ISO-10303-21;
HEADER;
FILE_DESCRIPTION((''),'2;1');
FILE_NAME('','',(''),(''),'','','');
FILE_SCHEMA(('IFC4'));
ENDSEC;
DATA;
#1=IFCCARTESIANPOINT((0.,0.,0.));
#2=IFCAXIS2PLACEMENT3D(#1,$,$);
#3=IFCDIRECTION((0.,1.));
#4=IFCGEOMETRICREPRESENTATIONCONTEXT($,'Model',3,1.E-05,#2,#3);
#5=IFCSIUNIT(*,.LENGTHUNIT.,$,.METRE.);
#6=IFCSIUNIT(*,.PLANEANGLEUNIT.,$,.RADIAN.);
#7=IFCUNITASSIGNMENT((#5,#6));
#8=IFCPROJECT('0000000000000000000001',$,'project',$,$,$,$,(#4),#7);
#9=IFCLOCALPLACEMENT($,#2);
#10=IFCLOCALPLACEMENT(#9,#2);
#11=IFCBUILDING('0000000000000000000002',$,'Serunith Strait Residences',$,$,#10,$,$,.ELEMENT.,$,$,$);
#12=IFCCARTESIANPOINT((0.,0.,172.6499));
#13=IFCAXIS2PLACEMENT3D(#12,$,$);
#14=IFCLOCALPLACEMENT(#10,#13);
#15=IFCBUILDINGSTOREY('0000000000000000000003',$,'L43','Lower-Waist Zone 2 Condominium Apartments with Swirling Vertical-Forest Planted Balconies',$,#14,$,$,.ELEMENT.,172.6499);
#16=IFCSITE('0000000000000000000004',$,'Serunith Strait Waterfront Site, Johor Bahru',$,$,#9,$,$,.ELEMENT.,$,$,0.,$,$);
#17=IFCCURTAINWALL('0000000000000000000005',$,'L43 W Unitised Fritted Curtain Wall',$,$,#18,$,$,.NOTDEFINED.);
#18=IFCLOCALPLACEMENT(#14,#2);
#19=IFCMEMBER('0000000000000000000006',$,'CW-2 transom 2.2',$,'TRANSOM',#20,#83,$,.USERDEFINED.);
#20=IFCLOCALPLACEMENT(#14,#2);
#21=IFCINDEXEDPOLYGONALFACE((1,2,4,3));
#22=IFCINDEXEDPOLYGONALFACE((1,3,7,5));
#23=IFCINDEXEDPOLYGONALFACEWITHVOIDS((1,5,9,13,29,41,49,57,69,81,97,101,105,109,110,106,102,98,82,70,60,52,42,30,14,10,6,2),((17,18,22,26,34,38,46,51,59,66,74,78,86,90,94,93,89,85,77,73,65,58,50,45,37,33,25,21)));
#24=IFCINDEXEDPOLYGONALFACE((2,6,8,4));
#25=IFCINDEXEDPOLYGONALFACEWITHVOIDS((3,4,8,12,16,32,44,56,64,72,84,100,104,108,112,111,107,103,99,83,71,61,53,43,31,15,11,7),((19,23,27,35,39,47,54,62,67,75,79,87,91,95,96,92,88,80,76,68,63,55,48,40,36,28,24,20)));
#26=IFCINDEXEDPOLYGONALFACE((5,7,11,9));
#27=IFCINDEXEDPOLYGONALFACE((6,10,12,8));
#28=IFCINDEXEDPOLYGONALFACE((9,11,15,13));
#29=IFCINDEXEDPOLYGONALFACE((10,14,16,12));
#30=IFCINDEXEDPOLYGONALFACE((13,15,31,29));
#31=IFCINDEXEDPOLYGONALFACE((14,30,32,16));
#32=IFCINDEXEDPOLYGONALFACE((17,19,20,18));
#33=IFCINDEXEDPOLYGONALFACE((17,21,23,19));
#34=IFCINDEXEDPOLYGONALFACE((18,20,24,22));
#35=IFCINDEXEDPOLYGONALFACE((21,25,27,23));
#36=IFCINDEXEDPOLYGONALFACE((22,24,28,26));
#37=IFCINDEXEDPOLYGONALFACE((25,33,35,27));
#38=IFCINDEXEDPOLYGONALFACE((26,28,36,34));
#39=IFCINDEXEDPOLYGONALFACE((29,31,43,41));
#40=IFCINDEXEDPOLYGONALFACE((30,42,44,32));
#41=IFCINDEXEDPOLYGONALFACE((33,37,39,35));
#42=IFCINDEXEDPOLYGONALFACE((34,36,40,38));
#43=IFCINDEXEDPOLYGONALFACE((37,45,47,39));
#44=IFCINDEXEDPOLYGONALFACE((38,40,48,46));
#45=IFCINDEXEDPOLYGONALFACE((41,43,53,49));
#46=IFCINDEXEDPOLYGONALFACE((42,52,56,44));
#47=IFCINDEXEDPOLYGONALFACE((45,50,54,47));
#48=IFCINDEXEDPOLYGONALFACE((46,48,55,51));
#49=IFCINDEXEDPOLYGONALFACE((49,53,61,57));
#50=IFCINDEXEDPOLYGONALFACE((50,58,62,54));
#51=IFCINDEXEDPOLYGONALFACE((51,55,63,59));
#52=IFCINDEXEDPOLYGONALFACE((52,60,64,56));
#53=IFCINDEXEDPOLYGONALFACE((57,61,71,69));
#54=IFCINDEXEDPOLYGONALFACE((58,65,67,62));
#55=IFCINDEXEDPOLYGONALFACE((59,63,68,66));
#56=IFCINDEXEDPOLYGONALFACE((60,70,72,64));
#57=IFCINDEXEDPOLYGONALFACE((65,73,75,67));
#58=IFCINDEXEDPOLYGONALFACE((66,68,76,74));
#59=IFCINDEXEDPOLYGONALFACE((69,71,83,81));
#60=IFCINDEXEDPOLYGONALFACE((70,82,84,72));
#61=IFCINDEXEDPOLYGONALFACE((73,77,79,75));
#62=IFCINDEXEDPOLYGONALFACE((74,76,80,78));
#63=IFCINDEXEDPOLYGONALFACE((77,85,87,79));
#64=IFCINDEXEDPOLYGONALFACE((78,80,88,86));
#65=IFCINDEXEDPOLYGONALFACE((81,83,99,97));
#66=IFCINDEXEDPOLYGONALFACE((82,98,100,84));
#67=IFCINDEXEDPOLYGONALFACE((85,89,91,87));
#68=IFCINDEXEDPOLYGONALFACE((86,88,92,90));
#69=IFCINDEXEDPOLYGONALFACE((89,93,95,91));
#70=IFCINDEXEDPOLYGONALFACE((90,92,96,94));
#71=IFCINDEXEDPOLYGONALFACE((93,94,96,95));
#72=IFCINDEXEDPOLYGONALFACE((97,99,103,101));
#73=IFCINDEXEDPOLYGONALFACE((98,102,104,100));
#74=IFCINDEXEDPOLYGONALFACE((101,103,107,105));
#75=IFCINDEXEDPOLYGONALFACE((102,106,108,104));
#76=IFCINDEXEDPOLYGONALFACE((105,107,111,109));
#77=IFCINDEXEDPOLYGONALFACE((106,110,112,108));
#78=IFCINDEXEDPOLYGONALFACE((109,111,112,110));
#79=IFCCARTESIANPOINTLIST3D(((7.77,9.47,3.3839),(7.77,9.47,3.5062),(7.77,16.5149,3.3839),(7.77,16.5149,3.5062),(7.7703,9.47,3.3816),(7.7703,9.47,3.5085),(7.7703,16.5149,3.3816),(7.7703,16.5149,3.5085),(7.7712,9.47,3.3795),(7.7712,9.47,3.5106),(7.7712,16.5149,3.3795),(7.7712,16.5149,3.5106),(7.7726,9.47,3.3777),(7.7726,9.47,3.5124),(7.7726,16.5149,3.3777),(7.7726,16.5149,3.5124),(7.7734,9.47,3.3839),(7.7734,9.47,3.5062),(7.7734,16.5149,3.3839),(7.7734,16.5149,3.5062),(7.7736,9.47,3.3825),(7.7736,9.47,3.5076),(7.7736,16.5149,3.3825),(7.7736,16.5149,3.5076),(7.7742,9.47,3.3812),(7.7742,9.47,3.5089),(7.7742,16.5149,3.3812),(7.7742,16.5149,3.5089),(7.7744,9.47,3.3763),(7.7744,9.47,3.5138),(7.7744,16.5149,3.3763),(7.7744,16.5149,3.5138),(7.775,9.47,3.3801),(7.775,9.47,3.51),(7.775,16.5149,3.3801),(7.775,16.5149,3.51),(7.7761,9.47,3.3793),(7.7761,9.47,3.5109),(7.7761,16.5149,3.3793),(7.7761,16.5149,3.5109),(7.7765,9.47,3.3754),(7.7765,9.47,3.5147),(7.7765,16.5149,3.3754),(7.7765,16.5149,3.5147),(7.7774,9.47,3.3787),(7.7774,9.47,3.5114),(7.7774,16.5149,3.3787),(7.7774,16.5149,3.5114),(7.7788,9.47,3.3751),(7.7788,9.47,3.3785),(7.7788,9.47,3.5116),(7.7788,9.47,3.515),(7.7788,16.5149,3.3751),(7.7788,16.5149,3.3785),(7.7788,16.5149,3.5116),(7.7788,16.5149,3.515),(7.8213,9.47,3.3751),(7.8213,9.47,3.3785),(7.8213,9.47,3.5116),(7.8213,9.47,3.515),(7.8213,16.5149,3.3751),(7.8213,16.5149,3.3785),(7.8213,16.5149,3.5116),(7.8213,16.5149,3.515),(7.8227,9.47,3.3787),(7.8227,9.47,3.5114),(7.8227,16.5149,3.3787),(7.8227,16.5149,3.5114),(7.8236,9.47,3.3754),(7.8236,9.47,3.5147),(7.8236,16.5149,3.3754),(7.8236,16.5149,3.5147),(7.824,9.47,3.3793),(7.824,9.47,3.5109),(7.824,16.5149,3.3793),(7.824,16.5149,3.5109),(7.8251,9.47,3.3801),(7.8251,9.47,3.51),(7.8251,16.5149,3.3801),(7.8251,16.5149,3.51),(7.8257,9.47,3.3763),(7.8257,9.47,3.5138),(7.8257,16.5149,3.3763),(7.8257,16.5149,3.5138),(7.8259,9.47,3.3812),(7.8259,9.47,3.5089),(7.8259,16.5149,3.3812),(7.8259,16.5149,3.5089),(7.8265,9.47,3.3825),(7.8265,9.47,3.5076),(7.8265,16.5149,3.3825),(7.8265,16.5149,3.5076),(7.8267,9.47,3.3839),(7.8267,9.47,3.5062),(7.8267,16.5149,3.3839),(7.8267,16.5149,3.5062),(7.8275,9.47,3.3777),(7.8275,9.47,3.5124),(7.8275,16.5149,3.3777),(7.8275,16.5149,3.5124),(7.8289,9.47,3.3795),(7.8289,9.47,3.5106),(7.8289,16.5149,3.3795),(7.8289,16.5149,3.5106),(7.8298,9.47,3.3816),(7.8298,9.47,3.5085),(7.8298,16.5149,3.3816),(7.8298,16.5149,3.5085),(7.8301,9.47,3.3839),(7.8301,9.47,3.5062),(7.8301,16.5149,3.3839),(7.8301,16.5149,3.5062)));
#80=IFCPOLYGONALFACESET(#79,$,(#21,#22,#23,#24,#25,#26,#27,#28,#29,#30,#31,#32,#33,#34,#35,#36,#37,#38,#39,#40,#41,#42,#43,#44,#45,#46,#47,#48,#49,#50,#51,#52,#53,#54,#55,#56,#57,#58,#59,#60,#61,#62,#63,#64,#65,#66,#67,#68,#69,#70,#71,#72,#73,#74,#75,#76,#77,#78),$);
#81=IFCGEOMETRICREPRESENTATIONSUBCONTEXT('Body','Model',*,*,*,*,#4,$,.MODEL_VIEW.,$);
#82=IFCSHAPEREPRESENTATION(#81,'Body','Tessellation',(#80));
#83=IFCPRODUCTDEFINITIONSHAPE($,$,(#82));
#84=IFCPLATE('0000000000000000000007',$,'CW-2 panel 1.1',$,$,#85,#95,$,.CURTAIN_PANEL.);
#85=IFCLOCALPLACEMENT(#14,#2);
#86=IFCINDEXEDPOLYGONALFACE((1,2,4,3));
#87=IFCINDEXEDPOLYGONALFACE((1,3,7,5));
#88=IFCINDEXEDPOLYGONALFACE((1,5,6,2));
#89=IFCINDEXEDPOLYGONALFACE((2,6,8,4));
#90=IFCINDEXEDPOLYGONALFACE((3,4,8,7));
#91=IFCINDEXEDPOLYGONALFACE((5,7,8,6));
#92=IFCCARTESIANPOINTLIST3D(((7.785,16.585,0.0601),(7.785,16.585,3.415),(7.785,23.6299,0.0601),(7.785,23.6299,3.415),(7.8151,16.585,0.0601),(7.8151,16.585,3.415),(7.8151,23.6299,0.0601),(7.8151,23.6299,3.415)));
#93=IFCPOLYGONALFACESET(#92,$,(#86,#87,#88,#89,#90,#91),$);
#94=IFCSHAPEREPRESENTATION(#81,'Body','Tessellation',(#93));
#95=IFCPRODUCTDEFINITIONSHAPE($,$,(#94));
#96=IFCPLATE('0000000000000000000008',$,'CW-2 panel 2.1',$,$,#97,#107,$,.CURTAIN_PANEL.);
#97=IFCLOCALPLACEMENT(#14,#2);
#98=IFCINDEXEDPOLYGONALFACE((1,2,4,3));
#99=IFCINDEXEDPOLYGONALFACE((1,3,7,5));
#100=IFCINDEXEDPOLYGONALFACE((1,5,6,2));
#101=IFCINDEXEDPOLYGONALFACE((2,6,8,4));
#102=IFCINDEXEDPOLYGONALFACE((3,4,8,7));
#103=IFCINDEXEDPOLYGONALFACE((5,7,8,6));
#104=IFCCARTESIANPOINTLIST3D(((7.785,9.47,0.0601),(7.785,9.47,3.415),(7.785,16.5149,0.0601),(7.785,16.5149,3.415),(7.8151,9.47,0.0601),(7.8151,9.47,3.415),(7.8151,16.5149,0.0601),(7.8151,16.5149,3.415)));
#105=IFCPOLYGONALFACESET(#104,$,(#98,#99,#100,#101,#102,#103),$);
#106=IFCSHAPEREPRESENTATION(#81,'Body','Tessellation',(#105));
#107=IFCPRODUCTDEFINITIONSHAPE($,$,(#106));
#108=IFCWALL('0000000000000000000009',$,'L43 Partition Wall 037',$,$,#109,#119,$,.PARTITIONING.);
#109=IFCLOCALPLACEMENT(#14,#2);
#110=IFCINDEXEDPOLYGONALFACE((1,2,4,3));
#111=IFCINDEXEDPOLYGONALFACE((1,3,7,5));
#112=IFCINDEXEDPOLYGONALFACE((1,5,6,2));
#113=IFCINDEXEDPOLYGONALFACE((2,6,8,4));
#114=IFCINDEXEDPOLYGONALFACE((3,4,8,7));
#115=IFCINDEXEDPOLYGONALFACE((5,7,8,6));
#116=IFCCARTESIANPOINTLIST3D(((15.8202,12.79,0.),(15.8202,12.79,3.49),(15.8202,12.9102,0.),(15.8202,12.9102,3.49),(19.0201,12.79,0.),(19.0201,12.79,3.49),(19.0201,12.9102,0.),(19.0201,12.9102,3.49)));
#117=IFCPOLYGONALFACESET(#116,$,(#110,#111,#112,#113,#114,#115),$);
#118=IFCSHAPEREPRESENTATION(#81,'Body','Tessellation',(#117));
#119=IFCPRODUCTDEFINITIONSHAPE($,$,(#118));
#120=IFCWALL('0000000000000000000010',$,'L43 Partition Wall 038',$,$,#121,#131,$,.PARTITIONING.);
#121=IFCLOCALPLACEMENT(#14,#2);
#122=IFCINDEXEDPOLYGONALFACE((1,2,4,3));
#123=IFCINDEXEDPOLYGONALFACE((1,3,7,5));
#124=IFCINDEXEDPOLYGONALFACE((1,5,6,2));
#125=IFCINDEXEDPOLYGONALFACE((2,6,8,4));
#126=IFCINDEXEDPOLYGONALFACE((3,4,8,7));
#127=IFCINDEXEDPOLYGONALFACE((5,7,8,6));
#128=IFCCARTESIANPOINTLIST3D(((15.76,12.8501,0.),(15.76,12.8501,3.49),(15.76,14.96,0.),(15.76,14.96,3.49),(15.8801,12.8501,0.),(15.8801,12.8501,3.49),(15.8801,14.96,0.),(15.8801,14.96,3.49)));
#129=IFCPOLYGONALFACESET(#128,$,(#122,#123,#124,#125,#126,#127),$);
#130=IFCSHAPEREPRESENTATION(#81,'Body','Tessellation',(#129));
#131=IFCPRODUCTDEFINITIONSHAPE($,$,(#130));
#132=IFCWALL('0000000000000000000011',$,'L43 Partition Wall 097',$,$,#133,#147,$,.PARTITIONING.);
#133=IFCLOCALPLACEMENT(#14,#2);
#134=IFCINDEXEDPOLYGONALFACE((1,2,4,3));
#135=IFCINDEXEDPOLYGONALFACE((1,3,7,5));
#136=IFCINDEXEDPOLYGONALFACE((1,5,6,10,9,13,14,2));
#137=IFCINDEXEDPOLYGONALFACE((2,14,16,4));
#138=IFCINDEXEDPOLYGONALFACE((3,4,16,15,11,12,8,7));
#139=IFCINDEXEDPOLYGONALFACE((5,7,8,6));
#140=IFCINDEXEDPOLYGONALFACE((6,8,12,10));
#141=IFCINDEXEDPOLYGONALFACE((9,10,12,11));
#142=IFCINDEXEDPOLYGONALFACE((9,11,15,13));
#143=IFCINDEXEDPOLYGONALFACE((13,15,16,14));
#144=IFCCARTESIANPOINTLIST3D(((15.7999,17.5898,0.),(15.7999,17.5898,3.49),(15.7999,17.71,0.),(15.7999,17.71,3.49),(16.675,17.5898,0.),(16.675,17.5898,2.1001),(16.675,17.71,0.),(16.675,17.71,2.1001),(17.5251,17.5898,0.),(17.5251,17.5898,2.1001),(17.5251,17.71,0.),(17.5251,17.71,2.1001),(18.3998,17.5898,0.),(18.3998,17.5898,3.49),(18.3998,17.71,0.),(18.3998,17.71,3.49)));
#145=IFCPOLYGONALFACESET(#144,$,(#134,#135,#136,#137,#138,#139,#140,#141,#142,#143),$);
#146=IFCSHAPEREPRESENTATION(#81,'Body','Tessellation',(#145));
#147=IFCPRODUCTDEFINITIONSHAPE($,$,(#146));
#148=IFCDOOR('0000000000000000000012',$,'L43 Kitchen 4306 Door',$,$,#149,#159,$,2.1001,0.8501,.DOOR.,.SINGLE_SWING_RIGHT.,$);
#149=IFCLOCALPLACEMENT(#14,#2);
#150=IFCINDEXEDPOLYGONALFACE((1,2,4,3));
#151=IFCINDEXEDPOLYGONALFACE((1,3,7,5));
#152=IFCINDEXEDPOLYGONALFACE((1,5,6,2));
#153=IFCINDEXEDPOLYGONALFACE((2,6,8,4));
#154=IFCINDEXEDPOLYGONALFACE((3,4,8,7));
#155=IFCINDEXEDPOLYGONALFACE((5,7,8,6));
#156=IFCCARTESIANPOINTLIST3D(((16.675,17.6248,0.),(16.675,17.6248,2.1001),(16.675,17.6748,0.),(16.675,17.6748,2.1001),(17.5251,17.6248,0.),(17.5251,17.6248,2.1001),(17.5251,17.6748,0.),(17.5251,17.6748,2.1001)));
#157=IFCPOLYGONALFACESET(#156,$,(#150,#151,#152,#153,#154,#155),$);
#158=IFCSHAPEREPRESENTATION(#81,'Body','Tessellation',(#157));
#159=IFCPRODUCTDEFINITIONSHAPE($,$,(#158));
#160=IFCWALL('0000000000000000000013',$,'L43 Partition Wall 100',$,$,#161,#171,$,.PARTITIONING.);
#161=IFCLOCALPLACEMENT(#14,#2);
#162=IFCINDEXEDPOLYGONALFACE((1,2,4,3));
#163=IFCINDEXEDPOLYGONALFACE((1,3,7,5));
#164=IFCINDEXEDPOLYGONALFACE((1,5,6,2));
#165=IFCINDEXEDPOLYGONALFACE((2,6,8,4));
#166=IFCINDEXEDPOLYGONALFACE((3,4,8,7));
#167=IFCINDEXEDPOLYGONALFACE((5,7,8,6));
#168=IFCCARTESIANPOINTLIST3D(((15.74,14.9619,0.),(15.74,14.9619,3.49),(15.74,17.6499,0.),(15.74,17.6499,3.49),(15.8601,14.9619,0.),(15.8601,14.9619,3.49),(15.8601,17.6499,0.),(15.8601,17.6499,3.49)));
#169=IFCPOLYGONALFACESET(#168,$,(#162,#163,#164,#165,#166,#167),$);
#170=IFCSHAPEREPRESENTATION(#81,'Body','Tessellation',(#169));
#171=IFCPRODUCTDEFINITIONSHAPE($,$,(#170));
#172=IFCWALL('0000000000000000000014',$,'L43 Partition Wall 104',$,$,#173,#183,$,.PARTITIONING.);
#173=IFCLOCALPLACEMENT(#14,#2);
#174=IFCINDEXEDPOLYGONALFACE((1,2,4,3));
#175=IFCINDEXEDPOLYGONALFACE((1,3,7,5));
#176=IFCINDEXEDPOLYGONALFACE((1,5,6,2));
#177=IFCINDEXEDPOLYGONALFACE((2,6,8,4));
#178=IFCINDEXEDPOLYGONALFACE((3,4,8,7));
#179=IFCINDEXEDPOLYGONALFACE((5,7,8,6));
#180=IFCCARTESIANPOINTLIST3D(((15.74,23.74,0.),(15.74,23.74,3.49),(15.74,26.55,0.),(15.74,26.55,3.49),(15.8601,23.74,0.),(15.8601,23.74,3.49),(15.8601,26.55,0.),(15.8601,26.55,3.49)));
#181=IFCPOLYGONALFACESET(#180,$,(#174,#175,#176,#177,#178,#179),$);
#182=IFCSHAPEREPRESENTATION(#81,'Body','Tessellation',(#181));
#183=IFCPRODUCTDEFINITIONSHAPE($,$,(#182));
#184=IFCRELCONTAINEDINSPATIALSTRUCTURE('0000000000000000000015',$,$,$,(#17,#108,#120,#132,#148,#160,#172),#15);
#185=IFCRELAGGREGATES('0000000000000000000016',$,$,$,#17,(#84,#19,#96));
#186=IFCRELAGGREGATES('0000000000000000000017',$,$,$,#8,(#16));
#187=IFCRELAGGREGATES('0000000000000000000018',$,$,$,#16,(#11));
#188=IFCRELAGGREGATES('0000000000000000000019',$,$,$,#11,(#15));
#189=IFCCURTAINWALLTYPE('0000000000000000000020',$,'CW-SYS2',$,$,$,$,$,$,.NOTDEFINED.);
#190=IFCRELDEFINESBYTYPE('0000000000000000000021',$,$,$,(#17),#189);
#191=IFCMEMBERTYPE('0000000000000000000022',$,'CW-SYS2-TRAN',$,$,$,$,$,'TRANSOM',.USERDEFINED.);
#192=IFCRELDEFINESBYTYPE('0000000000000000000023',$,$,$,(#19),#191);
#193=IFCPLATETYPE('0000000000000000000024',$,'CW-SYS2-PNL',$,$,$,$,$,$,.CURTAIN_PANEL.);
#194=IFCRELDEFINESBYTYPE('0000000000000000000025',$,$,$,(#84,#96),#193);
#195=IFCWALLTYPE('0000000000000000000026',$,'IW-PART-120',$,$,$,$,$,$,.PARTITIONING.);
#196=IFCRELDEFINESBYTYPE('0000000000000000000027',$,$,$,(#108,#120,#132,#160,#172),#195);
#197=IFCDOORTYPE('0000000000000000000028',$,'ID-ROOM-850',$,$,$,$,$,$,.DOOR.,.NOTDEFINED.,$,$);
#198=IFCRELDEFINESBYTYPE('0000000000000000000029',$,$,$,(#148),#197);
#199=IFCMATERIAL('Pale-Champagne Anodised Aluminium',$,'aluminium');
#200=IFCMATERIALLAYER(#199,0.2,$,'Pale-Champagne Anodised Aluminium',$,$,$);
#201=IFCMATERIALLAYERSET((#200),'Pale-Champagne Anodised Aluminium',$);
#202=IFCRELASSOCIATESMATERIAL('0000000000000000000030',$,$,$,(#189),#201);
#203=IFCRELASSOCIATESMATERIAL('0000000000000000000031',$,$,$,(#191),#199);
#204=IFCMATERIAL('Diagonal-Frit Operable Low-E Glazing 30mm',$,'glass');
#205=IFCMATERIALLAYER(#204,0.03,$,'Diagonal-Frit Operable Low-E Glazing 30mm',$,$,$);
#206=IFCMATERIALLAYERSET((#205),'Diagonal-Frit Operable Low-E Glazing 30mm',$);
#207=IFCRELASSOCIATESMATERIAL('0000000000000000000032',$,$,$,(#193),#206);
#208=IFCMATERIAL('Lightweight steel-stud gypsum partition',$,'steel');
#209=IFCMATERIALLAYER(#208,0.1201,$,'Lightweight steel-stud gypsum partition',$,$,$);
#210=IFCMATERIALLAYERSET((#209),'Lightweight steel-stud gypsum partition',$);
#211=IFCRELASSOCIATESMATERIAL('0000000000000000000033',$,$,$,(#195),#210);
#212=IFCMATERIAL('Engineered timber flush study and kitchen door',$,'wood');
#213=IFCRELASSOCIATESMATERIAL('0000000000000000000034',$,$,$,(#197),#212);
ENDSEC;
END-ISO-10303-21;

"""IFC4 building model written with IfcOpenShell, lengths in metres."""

from ifc_helpers import new_model, si_unit, direction, frame, frame_2d, origin, origin_2d, place, context, subcontext, project, spatial, rectangle, hollow_rectangle, extrude, source, transform, mapped, material, layer, layer_set, material_profile, profile_set, type_object, element, fill, aggregate, save


model = new_model("IFC4")

# Units and contexts
model_context = context("Model", 3, precision=1e-05, world=origin(), true_north=direction((0.0, 1.0)))
body_context = subcontext(model_context, "Body", "Model", "MODEL_VIEW")
ifc_project = project(units=[si_unit("LENGTHUNIT", "METRE"), si_unit("PLANEANGLEUNIT", "RADIAN")], contexts=[model_context])

# Site, building, storey
site_placement = place(None, origin())
site = spatial("IfcSite", under=ifc_project, at=site_placement, Name="Serunith Strait Waterfront Site, Johor Bahru", CompositionType="ELEMENT", RefElevation=0.0)
building_placement = place(site_placement, origin())
building = spatial("IfcBuilding", under=site, at=building_placement, Name="Serunith Strait Residences", CompositionType="ELEMENT")
storey_placement = place(building_placement, frame((0.0, 0.0, 172.6499)))
storey = spatial("IfcBuildingStorey", under=building, at=storey_placement, Name="L43", Description="Lower-Waist Zone 2 Condominium Apartments with Swirling Vertical-Forest Planted Balconies", CompositionType="ELEMENT", Elevation=172.6499)

# Curtain wall, member, plates
ifc_material_1 = material(Name="Pale-Champagne Anodised Aluminium", Category="aluminium")
ifc_layer_1 = layer(ifc_material_1, 0.2, Name="Pale-Champagne Anodised Aluminium")
ifc_layer_set_1 = layer_set([ifc_layer_1], Name="Pale-Champagne Anodised Aluminium")
curtain_wall_type = type_object("IfcCurtainWallType", Name="CW-SYS2", PredefinedType="NOTDEFINED", material=ifc_layer_set_1)
curtain_wall_placement = place(storey_placement, origin())
curtain_wall = element("IfcCurtainWall", 1, at=curtain_wall_placement, inside=storey, type_object=curtain_wall_type, Name="L43 W Unitised Fritted Curtain Wall", PredefinedType="NOTDEFINED")
ifc_material_profile_1 = material_profile(ifc_material_1, hollow_rectangle(XDim=0.0601, YDim=0.1399, WallThickness=0.0034, InnerFilletRadius=0.0054, OuterFilletRadius=0.0088, at=origin_2d()), Name="ALU 140x60x3.5")
ifc_profile_set_1 = profile_set([ifc_material_profile_1], Name="Pale-Champagne Anodised Aluminium")
member_type_1 = type_object("IfcMemberType", Name="CW-SYS2-TRAN", ElementType="TRANSOM", PredefinedType="USERDEFINED", material=ifc_profile_set_1)
shared_shape_1 = source(origin(), body_context, "Body", "SweptSolid", [
    extrude(hollow_rectangle(XDim=0.0601, YDim=0.1399, WallThickness=0.0034, InnerFilletRadius=0.0054, OuterFilletRadius=0.0088, at=origin_2d()), origin(), (0.0, 0.0, 1.0), 7.0449),
])
member_1_placement = place(storey_placement, frame((7.8, 16.5149, 3.4451), z_axis=(0.0, -1.0, 0.0), x_axis=(1.0, 0.0, 0.0)))
member_1 = element("IfcMember", 2, at=member_1_placement, type_object=member_type_1, Name="CW-2 transom 2.2", ObjectType="TRANSOM", PredefinedType="USERDEFINED", context=body_context, shape_type="MappedRepresentation", body=[
    mapped(shared_shape_1, transform((0.0, 0.0, 0.0), scale=1.0)),
])
ifc_material_2 = material(Name="Diagonal-Frit Operable Low-E Glazing 30mm", Category="glass")
ifc_layer_2 = layer(ifc_material_2, 0.03, Name="Diagonal-Frit Operable Low-E Glazing 30mm")
ifc_layer_set_2 = layer_set([ifc_layer_2], Name="Diagonal-Frit Operable Low-E Glazing 30mm")
plate_type = type_object("IfcPlateType", Name="CW-SYS2-PNL", PredefinedType="CURTAIN_PANEL", material=ifc_layer_set_2)
shared_shape_2 = source(origin(), body_context, "Body", "SweptSolid", [
    extrude(rectangle(XDim=7.0449, YDim=0.03, at=origin_2d()), origin(), (0.0, 0.0, 1.0), 3.355),
])
plate_1_placement = place(storey_placement, frame((7.8, 20.1074, 0.0601), z_axis=(0.0, 0.0, 1.0), x_axis=(0.0, -1.0, 0.0)))
plate_1 = element("IfcPlate", 3, at=plate_1_placement, type_object=plate_type, Name="CW-2 panel 1.1", PredefinedType="CURTAIN_PANEL", context=body_context, shape_type="MappedRepresentation", body=[
    mapped(shared_shape_2, transform((0.0, 0.0, 0.0), scale=1.0)),
])
plate_2_placement = place(storey_placement, frame((7.8, 12.9924, 0.0601), z_axis=(0.0, 0.0, 1.0), x_axis=(0.0, -1.0, 0.0)))
plate_2 = element("IfcPlate", 4, at=plate_2_placement, type_object=plate_type, Name="CW-2 panel 2.1", PredefinedType="CURTAIN_PANEL", context=body_context, shape_type="MappedRepresentation", body=[
    mapped(shared_shape_2, transform((0.0, 0.0, 0.0), scale=1.0)),
])
aggregate(curtain_wall, [plate_1, member_1, plate_2])

# Walls
ifc_material_3 = material(Name="Lightweight steel-stud gypsum partition", Category="steel")
ifc_layer_3 = layer(ifc_material_3, 0.1201, Name="Lightweight steel-stud gypsum partition")
ifc_layer_set_3 = layer_set([ifc_layer_3], Name="Lightweight steel-stud gypsum partition")
wall_type_1 = type_object("IfcWallType", Name="IW-PART-120", PredefinedType="PARTITIONING", material=ifc_layer_set_3)
wall_1_placement = place(storey_placement, frame((15.8201, 12.8501, 0.0), z_axis=(0.0, 0.0, 1.0), x_axis=(1.0, 0.0, 0.0)))
element("IfcWall", 5, at=wall_1_placement, inside=storey, type_object=wall_type_1, Name="L43 Partition Wall 037", PredefinedType="PARTITIONING", context=body_context, shape_type="SweptSolid", body=[
    extrude(rectangle(XDim=3.2, YDim=0.1201, at=frame_2d((1.6001, 0.0))), origin(), (0.0, 0.0, 1.0), 3.49),
])
wall_2_placement = place(storey_placement, frame((15.8201, 12.8501, 0.0), z_axis=(0.0, 0.0, 1.0), x_axis=(0.0, 1.0, 0.0)))
element("IfcWall", 6, at=wall_2_placement, inside=storey, type_object=wall_type_1, Name="L43 Partition Wall 038", PredefinedType="PARTITIONING", context=body_context, shape_type="SweptSolid", body=[
    extrude(rectangle(XDim=2.1099, YDim=0.1201, at=frame_2d((1.0549, 0.0))), origin(), (0.0, 0.0, 1.0), 3.49),
])

# Wall, opening, door
wall_3_placement = place(storey_placement, frame((15.8, 17.6499, 0.0), z_axis=(0.0, 0.0, 1.0), x_axis=(1.0, 0.0, 0.0)))
wall_3 = element("IfcWall", 7, at=wall_3_placement, inside=storey, type_object=wall_type_1, Name="L43 Partition Wall 097", PredefinedType="PARTITIONING", context=body_context, shape_type="SweptSolid", body=[
    extrude(rectangle(XDim=2.5999, YDim=0.1201, at=frame_2d((1.2998, 0.0))), origin(), (0.0, 0.0, 1.0), 3.49),
])
opening_placement = place(wall_3_placement, frame((0.875, 0.0, 0.0)))
opening = element("IfcOpeningElement", 8, at=opening_placement, cuts=wall_3, PredefinedType="OPENING", context=body_context, shape_type="SweptSolid", body=[
    extrude(rectangle(XDim=0.8501, YDim=2.1001, at=frame_2d((0.425, 1.05))), frame((0.0, 0.0701, 0.0), z_axis=(0.0, -1.0, 0.0), x_axis=(1.0, 0.0, 0.0)), (0.0, 0.0, 1.0), 0.1401),
])
ifc_material_4 = material(Name="Engineered timber flush study and kitchen door", Category="wood")
door_type = type_object("IfcDoorType", Name="ID-ROOM-850", OperationType="NOTDEFINED", PredefinedType="DOOR", material=ifc_material_4)
shared_shape_3 = source(origin(), body_context, "Body", "SweptSolid", [
    extrude(rectangle(XDim=0.8501, YDim=2.1001, at=frame_2d((0.425, 1.05))), frame((0.0, 0.0249, 0.0), z_axis=(0.0, -1.0, 0.0), x_axis=(1.0, 0.0, 0.0)), (0.0, 0.0, 1.0), 0.05),
])
door_placement = place(opening_placement, origin())
door = element("IfcDoor", 9, at=door_placement, inside=storey, type_object=door_type, Name="L43 Kitchen 4306 Door", OperationType="SINGLE_SWING_RIGHT", OverallHeight=2.1001, OverallWidth=0.8501, PredefinedType="DOOR", context=body_context, shape_type="MappedRepresentation", body=[
    mapped(shared_shape_3, transform((0.0, 0.0, 0.0), scale=1.0)),
])
fill(opening, door)

# Walls
wall_4_placement = place(storey_placement, frame((15.8, 14.9619, 0.0), z_axis=(0.0, 0.0, 1.0), x_axis=(0.0, 1.0, 0.0)))
element("IfcWall", 10, at=wall_4_placement, inside=storey, type_object=wall_type_1, Name="L43 Partition Wall 100", PredefinedType="PARTITIONING", context=body_context, shape_type="SweptSolid", body=[
    extrude(rectangle(XDim=2.688, YDim=0.1201, at=frame_2d((1.344, 0.0))), origin(), (0.0, 0.0, 1.0), 3.49),
])
wall_5_placement = place(storey_placement, frame((15.8, 23.74, 0.0), z_axis=(0.0, 0.0, 1.0), x_axis=(0.0, 1.0, 0.0)))
element("IfcWall", 11, at=wall_5_placement, inside=storey, type_object=wall_type_1, Name="L43 Partition Wall 104", PredefinedType="PARTITIONING", context=body_context, shape_type="SweptSolid", body=[
    extrude(rectangle(XDim=2.8101, YDim=0.1201, at=frame_2d((1.405, 0.0))), origin(), (0.0, 0.0, 1.0), 3.49),
])

save(model, "model.ifc")
